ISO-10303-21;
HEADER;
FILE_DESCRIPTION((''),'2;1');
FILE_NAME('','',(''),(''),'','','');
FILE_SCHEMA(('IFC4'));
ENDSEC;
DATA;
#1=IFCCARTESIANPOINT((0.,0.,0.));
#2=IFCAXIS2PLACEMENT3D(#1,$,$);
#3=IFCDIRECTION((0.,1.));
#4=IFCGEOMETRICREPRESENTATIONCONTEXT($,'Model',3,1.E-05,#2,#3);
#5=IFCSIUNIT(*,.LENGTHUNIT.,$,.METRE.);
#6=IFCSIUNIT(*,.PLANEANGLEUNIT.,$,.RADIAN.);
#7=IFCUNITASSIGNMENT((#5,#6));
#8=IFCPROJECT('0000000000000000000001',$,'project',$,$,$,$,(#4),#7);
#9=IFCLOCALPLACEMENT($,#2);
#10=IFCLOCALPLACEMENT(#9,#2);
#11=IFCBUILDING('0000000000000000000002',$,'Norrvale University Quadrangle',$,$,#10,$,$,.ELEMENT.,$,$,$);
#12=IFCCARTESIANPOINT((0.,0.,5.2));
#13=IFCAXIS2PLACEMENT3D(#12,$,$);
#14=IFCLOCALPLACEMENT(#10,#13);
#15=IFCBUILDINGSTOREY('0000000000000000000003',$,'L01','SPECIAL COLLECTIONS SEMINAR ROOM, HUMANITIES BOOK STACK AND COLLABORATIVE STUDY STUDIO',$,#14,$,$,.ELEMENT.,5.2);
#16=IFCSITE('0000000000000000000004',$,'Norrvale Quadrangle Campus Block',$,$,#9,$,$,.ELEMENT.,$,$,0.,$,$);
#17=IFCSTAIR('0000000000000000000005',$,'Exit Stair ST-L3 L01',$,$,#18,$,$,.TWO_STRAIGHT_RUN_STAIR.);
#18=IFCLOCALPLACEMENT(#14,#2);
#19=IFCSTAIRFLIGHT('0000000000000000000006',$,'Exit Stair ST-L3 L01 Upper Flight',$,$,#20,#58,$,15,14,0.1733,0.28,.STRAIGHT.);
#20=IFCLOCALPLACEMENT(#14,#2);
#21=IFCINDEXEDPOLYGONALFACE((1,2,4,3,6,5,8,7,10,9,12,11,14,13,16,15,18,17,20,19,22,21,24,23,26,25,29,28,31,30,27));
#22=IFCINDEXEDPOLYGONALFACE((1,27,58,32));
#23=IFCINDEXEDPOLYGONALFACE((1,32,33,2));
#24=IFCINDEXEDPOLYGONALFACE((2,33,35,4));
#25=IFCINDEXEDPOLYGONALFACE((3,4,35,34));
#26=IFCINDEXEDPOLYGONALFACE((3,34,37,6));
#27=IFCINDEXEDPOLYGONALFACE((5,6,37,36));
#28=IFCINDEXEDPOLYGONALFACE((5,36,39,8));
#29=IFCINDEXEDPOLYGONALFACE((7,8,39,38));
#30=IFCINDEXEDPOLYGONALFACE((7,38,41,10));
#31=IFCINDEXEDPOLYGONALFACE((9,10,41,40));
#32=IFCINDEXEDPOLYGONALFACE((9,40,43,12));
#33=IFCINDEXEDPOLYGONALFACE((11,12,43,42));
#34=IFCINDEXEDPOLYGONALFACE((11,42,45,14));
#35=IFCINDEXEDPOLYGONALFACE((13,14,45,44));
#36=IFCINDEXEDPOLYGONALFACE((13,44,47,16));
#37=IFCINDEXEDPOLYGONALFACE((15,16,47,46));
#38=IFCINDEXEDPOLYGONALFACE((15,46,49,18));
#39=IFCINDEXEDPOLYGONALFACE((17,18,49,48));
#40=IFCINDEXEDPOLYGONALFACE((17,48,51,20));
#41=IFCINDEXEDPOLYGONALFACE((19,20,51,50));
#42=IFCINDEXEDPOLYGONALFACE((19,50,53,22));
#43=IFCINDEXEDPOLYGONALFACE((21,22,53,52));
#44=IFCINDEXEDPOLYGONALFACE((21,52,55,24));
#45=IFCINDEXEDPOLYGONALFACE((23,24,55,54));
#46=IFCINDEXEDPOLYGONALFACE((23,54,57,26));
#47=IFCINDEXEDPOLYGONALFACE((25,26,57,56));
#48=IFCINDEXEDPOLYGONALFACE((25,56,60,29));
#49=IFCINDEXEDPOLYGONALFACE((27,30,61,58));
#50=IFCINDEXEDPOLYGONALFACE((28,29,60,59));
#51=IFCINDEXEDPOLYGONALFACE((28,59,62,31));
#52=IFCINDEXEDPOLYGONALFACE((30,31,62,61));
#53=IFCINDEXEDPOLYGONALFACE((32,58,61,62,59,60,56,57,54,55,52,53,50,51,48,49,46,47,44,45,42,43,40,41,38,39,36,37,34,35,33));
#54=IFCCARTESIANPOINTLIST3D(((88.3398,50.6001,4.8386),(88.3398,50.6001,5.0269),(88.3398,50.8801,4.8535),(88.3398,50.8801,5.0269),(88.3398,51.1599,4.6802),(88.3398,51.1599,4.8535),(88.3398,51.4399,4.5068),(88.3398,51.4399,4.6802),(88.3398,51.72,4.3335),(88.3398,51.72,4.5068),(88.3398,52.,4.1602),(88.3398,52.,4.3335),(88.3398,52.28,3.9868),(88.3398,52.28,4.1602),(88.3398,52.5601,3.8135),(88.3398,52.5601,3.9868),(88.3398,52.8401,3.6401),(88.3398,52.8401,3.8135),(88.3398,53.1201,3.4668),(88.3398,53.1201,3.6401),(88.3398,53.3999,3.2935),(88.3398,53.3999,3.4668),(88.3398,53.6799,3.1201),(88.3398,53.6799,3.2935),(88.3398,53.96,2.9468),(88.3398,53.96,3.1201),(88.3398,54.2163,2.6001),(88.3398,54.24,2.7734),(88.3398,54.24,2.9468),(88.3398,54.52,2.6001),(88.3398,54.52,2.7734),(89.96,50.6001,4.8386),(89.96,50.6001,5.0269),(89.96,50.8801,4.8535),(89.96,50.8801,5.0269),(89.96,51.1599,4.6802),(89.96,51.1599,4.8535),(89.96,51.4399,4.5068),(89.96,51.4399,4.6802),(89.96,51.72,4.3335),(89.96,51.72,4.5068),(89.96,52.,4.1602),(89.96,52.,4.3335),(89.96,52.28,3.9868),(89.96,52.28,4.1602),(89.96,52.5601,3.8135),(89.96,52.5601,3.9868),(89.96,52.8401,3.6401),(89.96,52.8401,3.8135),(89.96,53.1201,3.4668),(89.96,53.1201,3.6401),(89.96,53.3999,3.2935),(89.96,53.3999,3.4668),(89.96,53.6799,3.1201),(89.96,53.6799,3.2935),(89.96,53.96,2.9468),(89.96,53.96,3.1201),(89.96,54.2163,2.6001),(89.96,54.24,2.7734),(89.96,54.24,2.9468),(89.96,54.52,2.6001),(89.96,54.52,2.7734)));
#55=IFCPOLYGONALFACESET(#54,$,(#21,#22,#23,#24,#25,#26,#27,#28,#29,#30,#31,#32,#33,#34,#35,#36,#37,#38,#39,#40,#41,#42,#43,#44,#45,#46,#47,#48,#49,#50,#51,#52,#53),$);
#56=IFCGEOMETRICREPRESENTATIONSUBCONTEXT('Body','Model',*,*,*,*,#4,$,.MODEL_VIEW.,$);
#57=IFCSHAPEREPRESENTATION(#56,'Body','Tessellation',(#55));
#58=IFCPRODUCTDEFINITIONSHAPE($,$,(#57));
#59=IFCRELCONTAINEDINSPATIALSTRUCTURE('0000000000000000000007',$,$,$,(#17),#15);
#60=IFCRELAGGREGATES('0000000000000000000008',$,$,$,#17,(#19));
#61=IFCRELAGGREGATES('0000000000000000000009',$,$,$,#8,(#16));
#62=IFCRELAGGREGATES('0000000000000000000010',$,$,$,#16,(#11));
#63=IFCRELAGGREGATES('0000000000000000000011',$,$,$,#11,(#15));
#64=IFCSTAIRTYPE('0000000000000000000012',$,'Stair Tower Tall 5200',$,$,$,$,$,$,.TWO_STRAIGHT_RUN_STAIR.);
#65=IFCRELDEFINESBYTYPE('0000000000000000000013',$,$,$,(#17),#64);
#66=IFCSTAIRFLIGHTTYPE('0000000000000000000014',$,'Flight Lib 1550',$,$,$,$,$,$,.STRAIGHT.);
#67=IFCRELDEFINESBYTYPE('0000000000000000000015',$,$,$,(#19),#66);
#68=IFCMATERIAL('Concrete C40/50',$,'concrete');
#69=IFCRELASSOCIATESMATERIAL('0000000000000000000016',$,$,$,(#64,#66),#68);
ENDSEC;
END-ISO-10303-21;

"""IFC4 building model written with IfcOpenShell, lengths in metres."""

from ifc_helpers import new_model, si_unit, direction, frame, origin, place, context, subcontext, project, spatial, polyline, outline, extrude, material, type_object, element, aggregate, save


model = new_model("IFC4")

# Units and contexts
model_context = context("Model", 3, precision=1e-05, world=origin(), true_north=direction((0.0, 1.0)))
body_context = subcontext(model_context, "Body", "Model", "MODEL_VIEW")
ifc_project = project(units=[si_unit("LENGTHUNIT", "METRE"), si_unit("PLANEANGLEUNIT", "RADIAN")], contexts=[model_context])

# Site, building, storey
site_placement = place(None, origin())
site = spatial("IfcSite", under=ifc_project, at=site_placement, Name="Norrvale Quadrangle Campus Block", CompositionType="ELEMENT", RefElevation=0.0)
building_placement = place(site_placement, origin())
building = spatial("IfcBuilding", under=site, at=building_placement, Name="Norrvale University Quadrangle", CompositionType="ELEMENT")
storey_placement = place(building_placement, frame((0.0, 0.0, 5.2)))
storey = spatial("IfcBuildingStorey", under=building, at=storey_placement, Name="L01", Description="SPECIAL COLLECTIONS SEMINAR ROOM, HUMANITIES BOOK STACK AND COLLABORATIVE STUDY STUDIO", CompositionType="ELEMENT", Elevation=5.2)

# Stair, stair flight
ifc_material_1 = material(Name="Concrete C40/50", Category="concrete")
stair_type = type_object("IfcStairType", Name="Stair Tower Tall 5200", PredefinedType="TWO_STRAIGHT_RUN_STAIR", material=ifc_material_1)
stair_placement = place(storey_placement, origin())
stair = element("IfcStair", 1, at=stair_placement, inside=storey, type_object=stair_type, Name="Exit Stair ST-L3 L01", PredefinedType="TWO_STRAIGHT_RUN_STAIR")
stair_flight_type = type_object("IfcStairFlightType", Name="Flight Lib 1550", PredefinedType="STRAIGHT", material=ifc_material_1)
stair_flight_placement = place(storey_placement, frame((89.1499, 54.52, 2.6001), z_axis=(0.0, 0.0, 1.0), x_axis=(0.0, -1.0, 0.0)))
stair_flight = element("IfcStairFlight", 2, at=stair_flight_placement, type_object=stair_flight_type, Name="Exit Stair ST-L3 L01 Upper Flight", NumberOfRisers=15, NumberOfTreads=14, PredefinedType="STRAIGHT", RiserHeight=0.1733, TreadLength=0.28, context=body_context, shape_type="SweptSolid", body=[
    extrude(outline(polyline([(0.0, 0.0), (0.0, 0.1733), (0.28, 0.1733), (0.28, 0.3467), (0.5601, 0.3467), (0.5601, 0.52), (0.8401, 0.52), (0.8401, 0.6934), (1.1201, 0.6934), (1.1201, 0.8667), (1.3999, 0.8667), (1.3999, 1.04), (1.6799, 1.04), (1.6799, 1.2134), (1.96, 1.2134), (1.96, 1.3867), (2.24, 1.3867), (2.24, 1.5601), (2.52, 1.5601), (2.52, 1.7334), (2.8, 1.7334), (2.8, 1.9067), (3.0801, 1.9067), (3.0801, 2.0801), (3.3601, 2.0801), (3.3601, 2.2534), (3.6399, 2.2534), (3.6399, 2.4268), (3.9199, 2.4268), (3.9199, 2.6001), (3.9199, 2.2385), (0.3037, 0.0), (0.0, 0.0)])), frame((0.0, 0.8101, 0.0), z_axis=(0.0, -1.0, 0.0), x_axis=(1.0, 0.0, 0.0)), (0.0, 0.0, 1.0), 1.6201),
])
aggregate(stair, [stair_flight])

save(model, "model.ifc")
